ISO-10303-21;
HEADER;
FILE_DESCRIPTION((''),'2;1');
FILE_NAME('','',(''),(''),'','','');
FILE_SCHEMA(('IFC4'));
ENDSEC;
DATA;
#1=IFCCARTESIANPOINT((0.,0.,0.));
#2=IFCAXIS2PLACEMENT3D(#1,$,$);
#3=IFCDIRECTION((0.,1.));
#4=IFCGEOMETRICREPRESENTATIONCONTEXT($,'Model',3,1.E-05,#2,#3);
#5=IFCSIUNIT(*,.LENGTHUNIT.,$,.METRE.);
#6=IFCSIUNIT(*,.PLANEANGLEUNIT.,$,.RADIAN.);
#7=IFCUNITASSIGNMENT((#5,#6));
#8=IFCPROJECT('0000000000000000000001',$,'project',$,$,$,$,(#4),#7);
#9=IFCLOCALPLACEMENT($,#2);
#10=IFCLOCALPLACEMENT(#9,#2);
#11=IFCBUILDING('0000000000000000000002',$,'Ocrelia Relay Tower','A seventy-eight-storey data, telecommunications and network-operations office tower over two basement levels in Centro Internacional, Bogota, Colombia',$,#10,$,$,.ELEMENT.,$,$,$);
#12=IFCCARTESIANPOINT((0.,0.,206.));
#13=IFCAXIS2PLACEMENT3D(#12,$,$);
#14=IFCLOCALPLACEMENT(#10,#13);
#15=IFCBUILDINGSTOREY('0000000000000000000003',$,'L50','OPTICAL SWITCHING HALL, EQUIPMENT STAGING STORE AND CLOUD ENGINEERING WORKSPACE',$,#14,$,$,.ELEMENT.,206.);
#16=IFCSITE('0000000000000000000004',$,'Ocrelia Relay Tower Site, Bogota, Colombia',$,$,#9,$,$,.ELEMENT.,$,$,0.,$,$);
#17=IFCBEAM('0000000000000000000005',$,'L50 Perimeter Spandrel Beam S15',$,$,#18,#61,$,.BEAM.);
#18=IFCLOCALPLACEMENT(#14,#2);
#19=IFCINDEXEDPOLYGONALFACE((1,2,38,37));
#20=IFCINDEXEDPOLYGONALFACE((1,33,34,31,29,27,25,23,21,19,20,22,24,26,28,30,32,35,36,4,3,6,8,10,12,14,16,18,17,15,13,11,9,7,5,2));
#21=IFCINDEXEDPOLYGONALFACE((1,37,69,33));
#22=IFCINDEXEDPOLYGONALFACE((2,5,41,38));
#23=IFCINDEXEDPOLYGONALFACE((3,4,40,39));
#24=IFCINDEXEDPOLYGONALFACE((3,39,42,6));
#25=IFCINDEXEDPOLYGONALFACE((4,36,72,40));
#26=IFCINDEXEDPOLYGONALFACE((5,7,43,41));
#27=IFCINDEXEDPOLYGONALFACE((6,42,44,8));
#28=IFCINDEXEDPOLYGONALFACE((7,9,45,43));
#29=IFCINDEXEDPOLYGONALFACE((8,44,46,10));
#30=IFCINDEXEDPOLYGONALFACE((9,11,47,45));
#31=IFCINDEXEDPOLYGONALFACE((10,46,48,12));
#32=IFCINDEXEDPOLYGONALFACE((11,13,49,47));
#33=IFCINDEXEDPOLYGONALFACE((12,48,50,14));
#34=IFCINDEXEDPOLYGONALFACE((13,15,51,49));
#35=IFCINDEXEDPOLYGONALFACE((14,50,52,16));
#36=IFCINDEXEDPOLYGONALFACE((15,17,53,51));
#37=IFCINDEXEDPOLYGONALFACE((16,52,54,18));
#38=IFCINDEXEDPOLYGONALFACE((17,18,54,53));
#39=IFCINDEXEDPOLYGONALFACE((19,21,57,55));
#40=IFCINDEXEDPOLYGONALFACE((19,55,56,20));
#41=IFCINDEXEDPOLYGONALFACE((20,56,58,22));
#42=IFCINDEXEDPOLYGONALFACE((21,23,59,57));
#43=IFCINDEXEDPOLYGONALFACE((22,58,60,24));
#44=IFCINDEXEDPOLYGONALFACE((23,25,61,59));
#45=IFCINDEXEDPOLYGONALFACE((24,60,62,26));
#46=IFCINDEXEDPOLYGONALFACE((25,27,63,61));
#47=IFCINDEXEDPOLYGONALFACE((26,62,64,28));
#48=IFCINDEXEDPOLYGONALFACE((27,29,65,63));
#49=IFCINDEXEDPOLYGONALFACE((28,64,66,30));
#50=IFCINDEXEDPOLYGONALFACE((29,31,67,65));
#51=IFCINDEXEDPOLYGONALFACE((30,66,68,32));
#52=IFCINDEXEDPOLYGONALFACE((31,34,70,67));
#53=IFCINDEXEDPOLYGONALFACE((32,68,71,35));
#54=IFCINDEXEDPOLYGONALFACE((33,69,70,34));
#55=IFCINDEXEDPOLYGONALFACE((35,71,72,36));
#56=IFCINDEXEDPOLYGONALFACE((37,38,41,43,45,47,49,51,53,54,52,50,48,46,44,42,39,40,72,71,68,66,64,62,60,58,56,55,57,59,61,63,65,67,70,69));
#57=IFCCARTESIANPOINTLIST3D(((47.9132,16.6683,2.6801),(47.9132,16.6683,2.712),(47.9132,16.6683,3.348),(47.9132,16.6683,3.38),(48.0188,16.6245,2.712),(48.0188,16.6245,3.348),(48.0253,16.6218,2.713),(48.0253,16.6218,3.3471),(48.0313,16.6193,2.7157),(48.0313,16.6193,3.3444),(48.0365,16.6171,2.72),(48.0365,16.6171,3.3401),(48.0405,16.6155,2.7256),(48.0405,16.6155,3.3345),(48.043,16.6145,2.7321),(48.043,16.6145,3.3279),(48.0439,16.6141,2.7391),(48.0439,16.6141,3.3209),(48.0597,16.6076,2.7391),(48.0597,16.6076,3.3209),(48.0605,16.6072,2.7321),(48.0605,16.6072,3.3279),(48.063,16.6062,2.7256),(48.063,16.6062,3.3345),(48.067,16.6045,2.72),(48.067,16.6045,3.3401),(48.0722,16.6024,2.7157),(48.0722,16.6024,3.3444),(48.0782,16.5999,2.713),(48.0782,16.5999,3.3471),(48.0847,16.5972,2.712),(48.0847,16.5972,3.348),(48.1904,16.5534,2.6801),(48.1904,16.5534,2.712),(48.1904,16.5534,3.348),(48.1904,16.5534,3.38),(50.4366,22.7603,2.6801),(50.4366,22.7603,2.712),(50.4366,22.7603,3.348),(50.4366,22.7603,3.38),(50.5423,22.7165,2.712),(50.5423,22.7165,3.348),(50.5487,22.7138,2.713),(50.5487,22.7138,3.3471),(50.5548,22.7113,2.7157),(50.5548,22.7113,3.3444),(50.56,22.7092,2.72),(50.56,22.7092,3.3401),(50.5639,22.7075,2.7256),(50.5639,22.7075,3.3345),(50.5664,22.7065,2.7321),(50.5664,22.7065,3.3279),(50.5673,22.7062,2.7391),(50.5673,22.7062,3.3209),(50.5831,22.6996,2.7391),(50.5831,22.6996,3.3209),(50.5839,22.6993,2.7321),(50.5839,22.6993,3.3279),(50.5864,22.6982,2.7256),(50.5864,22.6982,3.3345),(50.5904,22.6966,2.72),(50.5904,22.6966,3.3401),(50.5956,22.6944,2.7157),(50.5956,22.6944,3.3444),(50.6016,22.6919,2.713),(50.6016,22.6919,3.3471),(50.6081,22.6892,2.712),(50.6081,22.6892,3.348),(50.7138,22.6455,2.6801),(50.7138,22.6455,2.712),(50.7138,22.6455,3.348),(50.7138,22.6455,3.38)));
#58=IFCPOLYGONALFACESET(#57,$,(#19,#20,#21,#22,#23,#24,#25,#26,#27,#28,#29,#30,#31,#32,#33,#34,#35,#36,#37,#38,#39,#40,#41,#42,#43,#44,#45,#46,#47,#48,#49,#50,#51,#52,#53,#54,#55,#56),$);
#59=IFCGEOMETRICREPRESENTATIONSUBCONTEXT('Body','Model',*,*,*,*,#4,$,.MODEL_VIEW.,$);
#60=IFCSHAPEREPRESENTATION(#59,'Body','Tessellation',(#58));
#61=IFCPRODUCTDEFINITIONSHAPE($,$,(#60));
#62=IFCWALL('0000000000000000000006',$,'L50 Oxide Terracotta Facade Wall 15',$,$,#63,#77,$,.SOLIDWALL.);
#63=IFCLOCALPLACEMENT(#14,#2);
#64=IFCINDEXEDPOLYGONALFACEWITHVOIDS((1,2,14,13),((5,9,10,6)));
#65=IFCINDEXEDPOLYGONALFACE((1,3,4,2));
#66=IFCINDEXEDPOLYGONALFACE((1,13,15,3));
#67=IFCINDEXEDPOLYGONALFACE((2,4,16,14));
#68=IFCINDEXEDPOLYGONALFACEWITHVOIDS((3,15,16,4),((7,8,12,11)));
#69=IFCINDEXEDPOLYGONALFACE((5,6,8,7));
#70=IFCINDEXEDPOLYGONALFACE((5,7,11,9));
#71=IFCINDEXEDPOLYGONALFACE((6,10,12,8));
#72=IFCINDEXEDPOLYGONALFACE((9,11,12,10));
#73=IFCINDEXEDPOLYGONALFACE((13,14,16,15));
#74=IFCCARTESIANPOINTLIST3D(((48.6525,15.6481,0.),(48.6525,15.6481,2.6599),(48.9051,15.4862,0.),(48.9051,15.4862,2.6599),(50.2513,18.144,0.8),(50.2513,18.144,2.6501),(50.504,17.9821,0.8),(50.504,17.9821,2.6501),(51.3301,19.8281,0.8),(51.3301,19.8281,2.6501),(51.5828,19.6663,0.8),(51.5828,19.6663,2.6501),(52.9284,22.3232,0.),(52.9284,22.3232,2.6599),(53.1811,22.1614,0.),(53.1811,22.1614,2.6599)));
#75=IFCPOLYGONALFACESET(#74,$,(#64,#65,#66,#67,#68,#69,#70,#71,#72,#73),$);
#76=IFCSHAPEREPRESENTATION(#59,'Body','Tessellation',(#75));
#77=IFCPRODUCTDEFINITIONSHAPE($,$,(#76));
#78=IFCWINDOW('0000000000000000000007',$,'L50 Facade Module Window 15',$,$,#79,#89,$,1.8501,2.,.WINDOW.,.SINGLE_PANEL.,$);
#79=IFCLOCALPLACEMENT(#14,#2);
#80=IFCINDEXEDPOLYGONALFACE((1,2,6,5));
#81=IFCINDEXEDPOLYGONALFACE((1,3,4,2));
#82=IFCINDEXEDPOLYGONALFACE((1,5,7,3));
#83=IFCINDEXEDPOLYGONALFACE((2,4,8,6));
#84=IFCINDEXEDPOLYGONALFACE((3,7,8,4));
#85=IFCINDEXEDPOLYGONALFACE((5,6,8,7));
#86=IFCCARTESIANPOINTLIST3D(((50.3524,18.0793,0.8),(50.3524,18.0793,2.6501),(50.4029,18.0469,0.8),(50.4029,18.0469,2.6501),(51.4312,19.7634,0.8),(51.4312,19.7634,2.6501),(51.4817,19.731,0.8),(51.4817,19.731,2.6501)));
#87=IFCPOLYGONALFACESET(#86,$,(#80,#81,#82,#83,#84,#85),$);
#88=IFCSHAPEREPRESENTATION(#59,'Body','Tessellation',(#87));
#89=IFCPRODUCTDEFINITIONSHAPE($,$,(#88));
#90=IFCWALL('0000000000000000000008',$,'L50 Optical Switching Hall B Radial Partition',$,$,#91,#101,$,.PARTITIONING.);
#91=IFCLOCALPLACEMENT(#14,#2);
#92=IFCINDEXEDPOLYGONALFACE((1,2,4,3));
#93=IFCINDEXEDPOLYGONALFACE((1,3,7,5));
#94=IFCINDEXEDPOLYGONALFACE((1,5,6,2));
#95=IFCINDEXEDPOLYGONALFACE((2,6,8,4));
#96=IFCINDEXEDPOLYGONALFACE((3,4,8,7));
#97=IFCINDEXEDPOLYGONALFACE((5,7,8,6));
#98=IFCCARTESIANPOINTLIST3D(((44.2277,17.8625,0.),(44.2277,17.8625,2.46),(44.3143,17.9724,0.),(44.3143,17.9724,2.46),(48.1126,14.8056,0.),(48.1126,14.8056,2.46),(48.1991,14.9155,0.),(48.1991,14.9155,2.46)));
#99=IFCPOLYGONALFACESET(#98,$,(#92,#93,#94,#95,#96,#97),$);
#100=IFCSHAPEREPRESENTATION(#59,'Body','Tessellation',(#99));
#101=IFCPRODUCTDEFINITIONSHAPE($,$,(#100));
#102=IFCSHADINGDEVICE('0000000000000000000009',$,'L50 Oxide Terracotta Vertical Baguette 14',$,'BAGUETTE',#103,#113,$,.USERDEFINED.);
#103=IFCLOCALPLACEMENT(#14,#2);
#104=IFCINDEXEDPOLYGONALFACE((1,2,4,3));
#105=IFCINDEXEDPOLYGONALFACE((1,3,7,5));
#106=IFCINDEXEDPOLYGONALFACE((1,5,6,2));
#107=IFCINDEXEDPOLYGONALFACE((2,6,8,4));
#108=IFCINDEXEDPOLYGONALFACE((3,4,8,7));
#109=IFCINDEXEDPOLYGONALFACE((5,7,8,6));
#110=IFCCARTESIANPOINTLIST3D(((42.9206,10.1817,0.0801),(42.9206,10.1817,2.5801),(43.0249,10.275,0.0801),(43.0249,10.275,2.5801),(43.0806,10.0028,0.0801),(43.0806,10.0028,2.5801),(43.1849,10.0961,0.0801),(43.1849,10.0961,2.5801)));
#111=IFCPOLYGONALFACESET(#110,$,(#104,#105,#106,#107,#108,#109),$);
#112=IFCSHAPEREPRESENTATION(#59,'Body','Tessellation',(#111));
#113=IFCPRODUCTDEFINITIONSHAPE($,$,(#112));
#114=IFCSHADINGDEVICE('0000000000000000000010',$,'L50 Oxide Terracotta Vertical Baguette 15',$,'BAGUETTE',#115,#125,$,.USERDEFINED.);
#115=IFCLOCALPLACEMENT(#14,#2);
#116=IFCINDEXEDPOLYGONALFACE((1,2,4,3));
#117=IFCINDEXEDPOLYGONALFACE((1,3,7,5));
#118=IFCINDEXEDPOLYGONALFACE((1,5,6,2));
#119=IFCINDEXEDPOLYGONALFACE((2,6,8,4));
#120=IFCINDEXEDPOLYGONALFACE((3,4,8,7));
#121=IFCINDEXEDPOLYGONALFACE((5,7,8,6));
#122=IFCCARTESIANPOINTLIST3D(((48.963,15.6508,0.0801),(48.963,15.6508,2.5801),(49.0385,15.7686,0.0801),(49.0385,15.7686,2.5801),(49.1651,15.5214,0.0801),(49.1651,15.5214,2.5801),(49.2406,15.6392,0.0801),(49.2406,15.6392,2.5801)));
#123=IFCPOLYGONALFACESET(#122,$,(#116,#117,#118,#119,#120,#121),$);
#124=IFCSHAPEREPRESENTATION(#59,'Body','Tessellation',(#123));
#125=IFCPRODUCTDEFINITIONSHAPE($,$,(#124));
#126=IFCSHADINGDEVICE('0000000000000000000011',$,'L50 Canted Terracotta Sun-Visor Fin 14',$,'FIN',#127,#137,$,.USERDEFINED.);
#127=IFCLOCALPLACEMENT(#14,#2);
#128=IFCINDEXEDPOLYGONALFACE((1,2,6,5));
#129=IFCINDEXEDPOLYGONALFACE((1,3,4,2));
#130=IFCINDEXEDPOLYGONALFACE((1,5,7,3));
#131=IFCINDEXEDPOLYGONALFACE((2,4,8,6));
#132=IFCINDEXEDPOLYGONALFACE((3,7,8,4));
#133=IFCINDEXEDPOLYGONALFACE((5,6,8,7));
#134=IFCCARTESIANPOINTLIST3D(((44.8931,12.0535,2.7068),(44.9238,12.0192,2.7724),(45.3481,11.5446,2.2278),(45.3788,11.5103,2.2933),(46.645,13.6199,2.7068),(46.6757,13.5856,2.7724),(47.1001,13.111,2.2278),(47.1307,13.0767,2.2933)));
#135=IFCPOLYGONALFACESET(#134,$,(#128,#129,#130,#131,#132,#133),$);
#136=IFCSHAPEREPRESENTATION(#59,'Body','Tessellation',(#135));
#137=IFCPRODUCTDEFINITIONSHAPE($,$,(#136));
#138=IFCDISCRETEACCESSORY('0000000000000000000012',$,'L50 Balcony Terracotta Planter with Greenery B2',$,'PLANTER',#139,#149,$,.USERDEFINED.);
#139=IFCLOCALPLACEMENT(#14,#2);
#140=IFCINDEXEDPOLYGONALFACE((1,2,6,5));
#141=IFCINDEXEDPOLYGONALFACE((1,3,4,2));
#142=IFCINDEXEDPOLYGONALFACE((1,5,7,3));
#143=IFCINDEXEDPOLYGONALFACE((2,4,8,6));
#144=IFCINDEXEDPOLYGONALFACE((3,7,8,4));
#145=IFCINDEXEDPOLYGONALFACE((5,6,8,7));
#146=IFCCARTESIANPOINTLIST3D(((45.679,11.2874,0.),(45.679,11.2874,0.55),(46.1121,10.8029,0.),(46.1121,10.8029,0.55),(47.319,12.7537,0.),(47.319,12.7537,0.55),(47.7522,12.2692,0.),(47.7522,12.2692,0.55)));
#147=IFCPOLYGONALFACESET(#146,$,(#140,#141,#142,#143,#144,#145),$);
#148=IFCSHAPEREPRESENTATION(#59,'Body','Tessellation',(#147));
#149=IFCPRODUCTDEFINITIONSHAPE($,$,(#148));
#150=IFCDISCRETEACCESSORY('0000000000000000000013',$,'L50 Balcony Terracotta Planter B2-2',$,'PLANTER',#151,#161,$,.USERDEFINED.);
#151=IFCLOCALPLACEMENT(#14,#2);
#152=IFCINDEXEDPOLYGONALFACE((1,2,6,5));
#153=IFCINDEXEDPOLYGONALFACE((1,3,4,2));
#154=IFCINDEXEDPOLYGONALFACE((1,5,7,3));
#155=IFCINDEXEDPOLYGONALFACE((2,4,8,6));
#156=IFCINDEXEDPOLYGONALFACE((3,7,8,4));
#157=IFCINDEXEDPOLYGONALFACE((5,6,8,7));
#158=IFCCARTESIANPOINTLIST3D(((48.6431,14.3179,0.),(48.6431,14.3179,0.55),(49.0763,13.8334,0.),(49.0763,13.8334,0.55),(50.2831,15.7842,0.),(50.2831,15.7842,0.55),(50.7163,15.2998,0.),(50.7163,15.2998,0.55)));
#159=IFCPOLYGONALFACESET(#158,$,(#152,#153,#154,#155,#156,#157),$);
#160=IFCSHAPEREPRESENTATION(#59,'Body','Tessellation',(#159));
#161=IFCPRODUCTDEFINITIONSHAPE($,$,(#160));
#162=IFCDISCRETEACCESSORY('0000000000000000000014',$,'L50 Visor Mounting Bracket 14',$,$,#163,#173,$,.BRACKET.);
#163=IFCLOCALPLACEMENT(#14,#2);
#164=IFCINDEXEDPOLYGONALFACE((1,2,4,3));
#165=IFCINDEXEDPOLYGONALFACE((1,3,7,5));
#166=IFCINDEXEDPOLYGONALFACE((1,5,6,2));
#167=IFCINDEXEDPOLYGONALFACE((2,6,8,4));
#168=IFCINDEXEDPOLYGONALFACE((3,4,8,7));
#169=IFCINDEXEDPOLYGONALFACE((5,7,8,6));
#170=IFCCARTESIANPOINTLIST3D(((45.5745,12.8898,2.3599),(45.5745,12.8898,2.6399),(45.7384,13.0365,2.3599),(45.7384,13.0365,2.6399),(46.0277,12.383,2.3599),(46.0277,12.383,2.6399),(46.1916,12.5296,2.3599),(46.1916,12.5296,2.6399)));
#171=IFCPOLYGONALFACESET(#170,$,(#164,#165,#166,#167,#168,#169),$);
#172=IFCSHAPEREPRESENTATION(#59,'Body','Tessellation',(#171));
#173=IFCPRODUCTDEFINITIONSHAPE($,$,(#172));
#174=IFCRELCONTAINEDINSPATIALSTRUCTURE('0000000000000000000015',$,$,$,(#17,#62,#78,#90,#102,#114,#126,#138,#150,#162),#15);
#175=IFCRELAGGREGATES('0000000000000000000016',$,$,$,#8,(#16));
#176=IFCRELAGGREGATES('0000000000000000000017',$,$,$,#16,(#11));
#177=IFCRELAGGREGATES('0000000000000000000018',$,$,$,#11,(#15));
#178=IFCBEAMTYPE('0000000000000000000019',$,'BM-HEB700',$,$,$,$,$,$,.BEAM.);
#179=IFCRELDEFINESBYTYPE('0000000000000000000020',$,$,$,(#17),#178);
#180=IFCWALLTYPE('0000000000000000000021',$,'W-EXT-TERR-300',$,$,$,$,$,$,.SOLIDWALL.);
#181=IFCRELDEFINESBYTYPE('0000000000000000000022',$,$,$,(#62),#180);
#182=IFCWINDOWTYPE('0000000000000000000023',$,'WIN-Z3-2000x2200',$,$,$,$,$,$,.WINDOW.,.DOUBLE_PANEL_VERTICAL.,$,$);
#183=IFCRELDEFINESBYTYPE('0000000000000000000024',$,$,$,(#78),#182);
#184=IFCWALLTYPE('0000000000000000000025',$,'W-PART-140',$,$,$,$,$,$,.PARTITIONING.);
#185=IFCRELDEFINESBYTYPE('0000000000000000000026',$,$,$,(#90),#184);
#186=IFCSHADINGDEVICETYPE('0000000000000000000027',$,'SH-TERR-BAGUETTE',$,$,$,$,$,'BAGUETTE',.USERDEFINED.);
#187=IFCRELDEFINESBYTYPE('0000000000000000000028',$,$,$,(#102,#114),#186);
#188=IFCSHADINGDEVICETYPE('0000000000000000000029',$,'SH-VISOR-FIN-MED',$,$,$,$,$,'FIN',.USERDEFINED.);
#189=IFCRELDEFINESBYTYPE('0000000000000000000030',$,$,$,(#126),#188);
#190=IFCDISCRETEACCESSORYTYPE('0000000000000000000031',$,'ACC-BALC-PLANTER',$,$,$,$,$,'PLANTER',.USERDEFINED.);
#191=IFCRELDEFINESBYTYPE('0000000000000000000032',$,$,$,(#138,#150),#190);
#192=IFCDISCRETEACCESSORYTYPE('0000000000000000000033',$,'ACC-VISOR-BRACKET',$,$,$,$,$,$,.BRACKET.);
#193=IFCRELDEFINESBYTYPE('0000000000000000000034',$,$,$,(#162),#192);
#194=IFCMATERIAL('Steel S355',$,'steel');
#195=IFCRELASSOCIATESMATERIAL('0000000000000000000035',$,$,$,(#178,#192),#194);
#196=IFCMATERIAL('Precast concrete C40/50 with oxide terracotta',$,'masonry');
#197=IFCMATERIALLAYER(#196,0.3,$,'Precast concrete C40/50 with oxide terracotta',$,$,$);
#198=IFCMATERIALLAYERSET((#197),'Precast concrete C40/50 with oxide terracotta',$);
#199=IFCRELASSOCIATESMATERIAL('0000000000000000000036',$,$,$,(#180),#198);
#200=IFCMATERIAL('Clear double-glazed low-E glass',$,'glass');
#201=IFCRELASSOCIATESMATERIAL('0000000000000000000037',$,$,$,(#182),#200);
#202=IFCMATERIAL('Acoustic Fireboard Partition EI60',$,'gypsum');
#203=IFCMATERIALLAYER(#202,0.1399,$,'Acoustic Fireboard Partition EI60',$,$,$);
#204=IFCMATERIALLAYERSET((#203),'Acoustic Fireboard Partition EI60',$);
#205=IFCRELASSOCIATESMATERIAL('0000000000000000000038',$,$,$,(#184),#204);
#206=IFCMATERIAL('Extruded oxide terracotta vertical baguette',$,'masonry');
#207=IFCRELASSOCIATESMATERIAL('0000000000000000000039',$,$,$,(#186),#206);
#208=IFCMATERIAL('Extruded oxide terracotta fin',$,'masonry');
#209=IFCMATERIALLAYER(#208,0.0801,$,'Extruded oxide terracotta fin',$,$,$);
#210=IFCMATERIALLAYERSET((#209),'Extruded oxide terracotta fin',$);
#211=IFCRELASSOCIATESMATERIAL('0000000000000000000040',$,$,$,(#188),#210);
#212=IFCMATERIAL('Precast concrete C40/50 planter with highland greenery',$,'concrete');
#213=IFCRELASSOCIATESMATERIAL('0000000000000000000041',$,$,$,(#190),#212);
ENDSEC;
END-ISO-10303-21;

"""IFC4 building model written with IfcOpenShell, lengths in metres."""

from ifc_helpers import new_model, si_unit, direction, frame, frame_2d, origin, origin_2d, place, context, subcontext, project, spatial, rectangle, i_section, extrude, material, layer, layer_set, material_profile, profile_set, type_object, element, fill, save


model = new_model("IFC4")

# Units and contexts
model_context = context("Model", 3, precision=1e-05, world=origin(), true_north=direction((0.0, 1.0)))
body_context = subcontext(model_context, "Body", "Model", "MODEL_VIEW")
ifc_project = project(units=[si_unit("LENGTHUNIT", "METRE"), si_unit("PLANEANGLEUNIT", "RADIAN")], contexts=[model_context])

# Site, building, storey
site_placement = place(None, origin())
site = spatial("IfcSite", under=ifc_project, at=site_placement, Name="Ocrelia Relay Tower Site, Bogota, Colombia", CompositionType="ELEMENT", RefElevation=0.0)
building_placement = place(site_placement, origin())
building = spatial("IfcBuilding", under=site, at=building_placement, Name="Ocrelia Relay Tower", Description="A seventy-eight-storey data, telecommunications and network-operations office tower over two basement levels in Centro Internacional, Bogota, Colombia", CompositionType="ELEMENT")
storey_placement = place(building_placement, frame((0.0, 0.0, 206.0)))
storey = spatial("IfcBuildingStorey", under=building, at=storey_placement, Name="L50", Description="OPTICAL SWITCHING HALL, EQUIPMENT STAGING STORE AND CLOUD ENGINEERING WORKSPACE", CompositionType="ELEMENT", Elevation=206.0)

# Beam
ifc_material_1 = material(Name="Steel S355", Category="steel")
ifc_material_profile_1 = material_profile(ifc_material_1, i_section(OverallWidth=0.3, OverallDepth=0.7, WebThickness=0.0171, FlangeThickness=0.032, FilletRadius=0.0271, at=origin_2d()), Name="HEB 700")
ifc_profile_set_1 = profile_set([ifc_material_profile_1], Name="Steel S355")
beam_type_1 = type_object("IfcBeamType", Name="BM-HEB700", PredefinedType="BEAM", material=ifc_profile_set_1)
for number, where, z_axis, x_axis, name in (
    (1, (48.0518, 16.6108, 3.03), (0.382688, 0.923878, 0.0), (-0.923878, 0.382688, 0.0), "L50 Perimeter Spandrel Beam S15"),
):
    element("IfcBeam", number, at=place(storey_placement, frame(where, z_axis=z_axis, x_axis=x_axis)), inside=storey, type_object=beam_type_1, Name=name, PredefinedType="BEAM", context=body_context, shape_type="SweptSolid", body=[
        extrude(i_section(OverallWidth=0.3, OverallDepth=0.7, WebThickness=0.0171, FlangeThickness=0.032, FilletRadius=0.0271, at=origin_2d()), origin(), (0.0, 0.0, 1.0), 6.594),
    ])

# Wall, opening, window
ifc_material_2 = material(Name="Precast concrete C40/50 with oxide terracotta", Category="masonry")
ifc_layer_1 = layer(ifc_material_2, 0.3, Name="Precast concrete C40/50 with oxide terracotta")
ifc_layer_set_1 = layer_set([ifc_layer_1], Name="Precast concrete C40/50 with oxide terracotta")
wall_type_1 = type_object("IfcWallType", Name="W-EXT-TERR-300", PredefinedType="SOLIDWALL", material=ifc_layer_set_1)
wall_1_placement = place(storey_placement, frame((48.7788, 15.5671, 0.0), z_axis=(0.0, 0.0, 1.0), x_axis=(0.539398, 0.842051, 0.0)))
wall_1 = element("IfcWall", 2, at=wall_1_placement, inside=storey, type_object=wall_type_1, Name="L50 Oxide Terracotta Facade Wall 15", PredefinedType="SOLIDWALL", context=body_context, shape_type="SweptSolid", body=[
    extrude(rectangle(XDim=7.9272, YDim=0.3, at=frame_2d((3.9636, 0.0))), origin(), (0.0, 0.0, 1.0), 2.6599),
])
opening_1_placement = place(wall_1_placement, frame((2.9641, 0.0, 0.8)))
opening_1 = element("IfcOpeningElement", 3, at=opening_1_placement, cuts=wall_1, PredefinedType="OPENING", context=body_context, shape_type="SweptSolid", body=[
    extrude(rectangle(XDim=2.0, YDim=1.8501, at=frame_2d((1.0, 0.925))), frame((0.0, 0.1602, 0.0), z_axis=(0.0, -1.0, 0.0), x_axis=(1.0, 0.0, 0.0)), (0.0, 0.0, 1.0), 0.3201),
])
ifc_material_3 = material(Name="Clear double-glazed low-E glass", Category="glass")
window_type = type_object("IfcWindowType", Name="WIN-Z3-2000x2200", PartitioningType="DOUBLE_PANEL_VERTICAL", PredefinedType="WINDOW", material=ifc_material_3)
window_placement = place(opening_1_placement, origin())
window = element("IfcWindow", 4, at=window_placement, inside=storey, type_object=window_type, Name="L50 Facade Module Window 15", OverallHeight=1.8501, OverallWidth=2.0, PartitioningType="SINGLE_PANEL", PredefinedType="WINDOW", context=body_context, shape_type="SweptSolid", body=[
    extrude(rectangle(XDim=2.0, YDim=1.8501, at=frame_2d((1.0, 0.925))), frame((0.0, 0.03, 0.0), z_axis=(0.0, -1.0, 0.0), x_axis=(1.0, 0.0, 0.0)), (0.0, 0.0, 1.0), 0.0601),
])
fill(opening_1, window)

# Wall
ifc_material_4 = material(Name="Acoustic Fireboard Partition EI60", Category="gypsum")
ifc_layer_2 = layer(ifc_material_4, 0.1399, Name="Acoustic Fireboard Partition EI60")
ifc_layer_set_2 = layer_set([ifc_layer_2], Name="Acoustic Fireboard Partition EI60")
wall_type_2 = type_object("IfcWallType", Name="W-PART-140", PredefinedType="PARTITIONING", material=ifc_layer_set_2)
wall_2_placement = place(storey_placement, frame((44.271, 17.9175, 0.0), z_axis=(0.0, 0.0, 1.0), x_axis=(0.785869, -0.618393, 0.0)))
element("IfcWall", 5, at=wall_2_placement, inside=storey, type_object=wall_type_2, Name="L50 Optical Switching Hall B Radial Partition", PredefinedType="PARTITIONING", context=body_context, shape_type="SweptSolid", body=[
    extrude(rectangle(XDim=4.9434, YDim=0.1399, at=frame_2d((2.4717, 0.0))), origin(), (0.0, 0.0, 1.0), 2.46),
])

# Shading devices
ifc_material_5 = material(Name="Extruded oxide terracotta vertical baguette", Category="masonry")
shading_device_type_1 = type_object("IfcShadingDeviceType", Name="SH-TERR-BAGUETTE", ElementType="BAGUETTE", PredefinedType="USERDEFINED", material=ifc_material_5)
for number, where, z_axis, x_axis, name in (
    (6, (43.0527, 10.1389, 0.0801), (0.0, 0.0, 1.0), (0.745473, 0.666536, 0.0), "L50 Oxide Terracotta Vertical Baguette 14"),
    (7, (49.1018, 15.645, 0.0801), (0.0, 0.0, 1.0), (0.539388, 0.842057, 0.0), "L50 Oxide Terracotta Vertical Baguette 15"),
):
    element("IfcShadingDevice", number, at=place(storey_placement, frame(where, z_axis=z_axis, x_axis=x_axis)), inside=storey, type_object=shading_device_type_1, Name=name, ObjectType="BAGUETTE", PredefinedType="USERDEFINED", context=body_context, shape_type="SweptSolid", body=[
        extrude(rectangle(XDim=0.1399, YDim=0.24, at=origin_2d()), origin(), (0.0, 0.0, 1.0), 2.5),
    ])
ifc_material_6 = material(Name="Extruded oxide terracotta fin", Category="masonry")
ifc_layer_3 = layer(ifc_material_6, 0.0801, Name="Extruded oxide terracotta fin")
ifc_layer_set_3 = layer_set([ifc_layer_3], Name="Extruded oxide terracotta fin")
shading_device_type_2 = type_object("IfcShadingDeviceType", Name="SH-VISOR-FIN-MED", ElementType="FIN", PredefinedType="USERDEFINED", material=ifc_layer_set_3)
shading_device_placement = place(storey_placement, frame((45.9966, 12.5823, 2.4673), z_axis=(0.382881, -0.428225, 0.818551), x_axis=(0.745473, 0.666536, 0.0)))
element("IfcShadingDevice", 8, at=shading_device_placement, inside=storey, type_object=shading_device_type_2, Name="L50 Canted Terracotta Sun-Visor Fin 14", ObjectType="FIN", PredefinedType="USERDEFINED", context=body_context, shape_type="SweptSolid", body=[
    extrude(rectangle(XDim=2.3501, YDim=0.834, at=origin_2d()), origin(), (0.0, 0.0, 1.0), 0.0801),
])

# Discrete accessories
ifc_material_7 = material(Name="Precast concrete C40/50 planter with highland greenery", Category="concrete")
discrete_accessory_type_1 = type_object("IfcDiscreteAccessoryType", Name="ACC-BALC-PLANTER", ElementType="PLANTER", PredefinedType="USERDEFINED", material=ifc_material_7)
for number, where, z_axis, x_axis, name in (
    (9, (46.7156, 11.7783, 0.0), (0.0, 0.0, 1.0), (-0.745485, -0.666523, 0.0), "L50 Balcony Terracotta Planter with Greenery B2"),
    (10, (49.6797, 14.8088, 0.0), (0.0, 0.0, 1.0), (-0.745485, -0.666523, 0.0), "L50 Balcony Terracotta Planter B2-2"),
):
    element("IfcDiscreteAccessory", number, at=place(storey_placement, frame(where, z_axis=z_axis, x_axis=x_axis)), inside=storey, type_object=discrete_accessory_type_1, Name=name, ObjectType="PLANTER", PredefinedType="USERDEFINED", context=body_context, shape_type="SweptSolid", body=[
        extrude(rectangle(XDim=2.2, YDim=0.6499, at=origin_2d()), origin(), (0.0, 0.0, 1.0), 0.55),
    ])
discrete_accessory_type_2 = type_object("IfcDiscreteAccessoryType", Name="ACC-VISOR-BRACKET", PredefinedType="BRACKET", material=ifc_material_1)
discrete_accessory_placement = place(storey_placement, frame((45.8831, 12.7097, 2.3599), z_axis=(0.0, 0.0, 1.0), x_axis=(0.745473, 0.666536, 0.0)))
element("IfcDiscreteAccessory", 11, at=discrete_accessory_placement, inside=storey, type_object=discrete_accessory_type_2, Name="L50 Visor Mounting Bracket 14", PredefinedType="BRACKET", context=body_context, shape_type="SweptSolid", body=[
    extrude(rectangle(XDim=0.22, YDim=0.6799, at=origin_2d()), origin(), (0.0, 0.0, 1.0), 0.28),
])

save(model, "model.ifc")
